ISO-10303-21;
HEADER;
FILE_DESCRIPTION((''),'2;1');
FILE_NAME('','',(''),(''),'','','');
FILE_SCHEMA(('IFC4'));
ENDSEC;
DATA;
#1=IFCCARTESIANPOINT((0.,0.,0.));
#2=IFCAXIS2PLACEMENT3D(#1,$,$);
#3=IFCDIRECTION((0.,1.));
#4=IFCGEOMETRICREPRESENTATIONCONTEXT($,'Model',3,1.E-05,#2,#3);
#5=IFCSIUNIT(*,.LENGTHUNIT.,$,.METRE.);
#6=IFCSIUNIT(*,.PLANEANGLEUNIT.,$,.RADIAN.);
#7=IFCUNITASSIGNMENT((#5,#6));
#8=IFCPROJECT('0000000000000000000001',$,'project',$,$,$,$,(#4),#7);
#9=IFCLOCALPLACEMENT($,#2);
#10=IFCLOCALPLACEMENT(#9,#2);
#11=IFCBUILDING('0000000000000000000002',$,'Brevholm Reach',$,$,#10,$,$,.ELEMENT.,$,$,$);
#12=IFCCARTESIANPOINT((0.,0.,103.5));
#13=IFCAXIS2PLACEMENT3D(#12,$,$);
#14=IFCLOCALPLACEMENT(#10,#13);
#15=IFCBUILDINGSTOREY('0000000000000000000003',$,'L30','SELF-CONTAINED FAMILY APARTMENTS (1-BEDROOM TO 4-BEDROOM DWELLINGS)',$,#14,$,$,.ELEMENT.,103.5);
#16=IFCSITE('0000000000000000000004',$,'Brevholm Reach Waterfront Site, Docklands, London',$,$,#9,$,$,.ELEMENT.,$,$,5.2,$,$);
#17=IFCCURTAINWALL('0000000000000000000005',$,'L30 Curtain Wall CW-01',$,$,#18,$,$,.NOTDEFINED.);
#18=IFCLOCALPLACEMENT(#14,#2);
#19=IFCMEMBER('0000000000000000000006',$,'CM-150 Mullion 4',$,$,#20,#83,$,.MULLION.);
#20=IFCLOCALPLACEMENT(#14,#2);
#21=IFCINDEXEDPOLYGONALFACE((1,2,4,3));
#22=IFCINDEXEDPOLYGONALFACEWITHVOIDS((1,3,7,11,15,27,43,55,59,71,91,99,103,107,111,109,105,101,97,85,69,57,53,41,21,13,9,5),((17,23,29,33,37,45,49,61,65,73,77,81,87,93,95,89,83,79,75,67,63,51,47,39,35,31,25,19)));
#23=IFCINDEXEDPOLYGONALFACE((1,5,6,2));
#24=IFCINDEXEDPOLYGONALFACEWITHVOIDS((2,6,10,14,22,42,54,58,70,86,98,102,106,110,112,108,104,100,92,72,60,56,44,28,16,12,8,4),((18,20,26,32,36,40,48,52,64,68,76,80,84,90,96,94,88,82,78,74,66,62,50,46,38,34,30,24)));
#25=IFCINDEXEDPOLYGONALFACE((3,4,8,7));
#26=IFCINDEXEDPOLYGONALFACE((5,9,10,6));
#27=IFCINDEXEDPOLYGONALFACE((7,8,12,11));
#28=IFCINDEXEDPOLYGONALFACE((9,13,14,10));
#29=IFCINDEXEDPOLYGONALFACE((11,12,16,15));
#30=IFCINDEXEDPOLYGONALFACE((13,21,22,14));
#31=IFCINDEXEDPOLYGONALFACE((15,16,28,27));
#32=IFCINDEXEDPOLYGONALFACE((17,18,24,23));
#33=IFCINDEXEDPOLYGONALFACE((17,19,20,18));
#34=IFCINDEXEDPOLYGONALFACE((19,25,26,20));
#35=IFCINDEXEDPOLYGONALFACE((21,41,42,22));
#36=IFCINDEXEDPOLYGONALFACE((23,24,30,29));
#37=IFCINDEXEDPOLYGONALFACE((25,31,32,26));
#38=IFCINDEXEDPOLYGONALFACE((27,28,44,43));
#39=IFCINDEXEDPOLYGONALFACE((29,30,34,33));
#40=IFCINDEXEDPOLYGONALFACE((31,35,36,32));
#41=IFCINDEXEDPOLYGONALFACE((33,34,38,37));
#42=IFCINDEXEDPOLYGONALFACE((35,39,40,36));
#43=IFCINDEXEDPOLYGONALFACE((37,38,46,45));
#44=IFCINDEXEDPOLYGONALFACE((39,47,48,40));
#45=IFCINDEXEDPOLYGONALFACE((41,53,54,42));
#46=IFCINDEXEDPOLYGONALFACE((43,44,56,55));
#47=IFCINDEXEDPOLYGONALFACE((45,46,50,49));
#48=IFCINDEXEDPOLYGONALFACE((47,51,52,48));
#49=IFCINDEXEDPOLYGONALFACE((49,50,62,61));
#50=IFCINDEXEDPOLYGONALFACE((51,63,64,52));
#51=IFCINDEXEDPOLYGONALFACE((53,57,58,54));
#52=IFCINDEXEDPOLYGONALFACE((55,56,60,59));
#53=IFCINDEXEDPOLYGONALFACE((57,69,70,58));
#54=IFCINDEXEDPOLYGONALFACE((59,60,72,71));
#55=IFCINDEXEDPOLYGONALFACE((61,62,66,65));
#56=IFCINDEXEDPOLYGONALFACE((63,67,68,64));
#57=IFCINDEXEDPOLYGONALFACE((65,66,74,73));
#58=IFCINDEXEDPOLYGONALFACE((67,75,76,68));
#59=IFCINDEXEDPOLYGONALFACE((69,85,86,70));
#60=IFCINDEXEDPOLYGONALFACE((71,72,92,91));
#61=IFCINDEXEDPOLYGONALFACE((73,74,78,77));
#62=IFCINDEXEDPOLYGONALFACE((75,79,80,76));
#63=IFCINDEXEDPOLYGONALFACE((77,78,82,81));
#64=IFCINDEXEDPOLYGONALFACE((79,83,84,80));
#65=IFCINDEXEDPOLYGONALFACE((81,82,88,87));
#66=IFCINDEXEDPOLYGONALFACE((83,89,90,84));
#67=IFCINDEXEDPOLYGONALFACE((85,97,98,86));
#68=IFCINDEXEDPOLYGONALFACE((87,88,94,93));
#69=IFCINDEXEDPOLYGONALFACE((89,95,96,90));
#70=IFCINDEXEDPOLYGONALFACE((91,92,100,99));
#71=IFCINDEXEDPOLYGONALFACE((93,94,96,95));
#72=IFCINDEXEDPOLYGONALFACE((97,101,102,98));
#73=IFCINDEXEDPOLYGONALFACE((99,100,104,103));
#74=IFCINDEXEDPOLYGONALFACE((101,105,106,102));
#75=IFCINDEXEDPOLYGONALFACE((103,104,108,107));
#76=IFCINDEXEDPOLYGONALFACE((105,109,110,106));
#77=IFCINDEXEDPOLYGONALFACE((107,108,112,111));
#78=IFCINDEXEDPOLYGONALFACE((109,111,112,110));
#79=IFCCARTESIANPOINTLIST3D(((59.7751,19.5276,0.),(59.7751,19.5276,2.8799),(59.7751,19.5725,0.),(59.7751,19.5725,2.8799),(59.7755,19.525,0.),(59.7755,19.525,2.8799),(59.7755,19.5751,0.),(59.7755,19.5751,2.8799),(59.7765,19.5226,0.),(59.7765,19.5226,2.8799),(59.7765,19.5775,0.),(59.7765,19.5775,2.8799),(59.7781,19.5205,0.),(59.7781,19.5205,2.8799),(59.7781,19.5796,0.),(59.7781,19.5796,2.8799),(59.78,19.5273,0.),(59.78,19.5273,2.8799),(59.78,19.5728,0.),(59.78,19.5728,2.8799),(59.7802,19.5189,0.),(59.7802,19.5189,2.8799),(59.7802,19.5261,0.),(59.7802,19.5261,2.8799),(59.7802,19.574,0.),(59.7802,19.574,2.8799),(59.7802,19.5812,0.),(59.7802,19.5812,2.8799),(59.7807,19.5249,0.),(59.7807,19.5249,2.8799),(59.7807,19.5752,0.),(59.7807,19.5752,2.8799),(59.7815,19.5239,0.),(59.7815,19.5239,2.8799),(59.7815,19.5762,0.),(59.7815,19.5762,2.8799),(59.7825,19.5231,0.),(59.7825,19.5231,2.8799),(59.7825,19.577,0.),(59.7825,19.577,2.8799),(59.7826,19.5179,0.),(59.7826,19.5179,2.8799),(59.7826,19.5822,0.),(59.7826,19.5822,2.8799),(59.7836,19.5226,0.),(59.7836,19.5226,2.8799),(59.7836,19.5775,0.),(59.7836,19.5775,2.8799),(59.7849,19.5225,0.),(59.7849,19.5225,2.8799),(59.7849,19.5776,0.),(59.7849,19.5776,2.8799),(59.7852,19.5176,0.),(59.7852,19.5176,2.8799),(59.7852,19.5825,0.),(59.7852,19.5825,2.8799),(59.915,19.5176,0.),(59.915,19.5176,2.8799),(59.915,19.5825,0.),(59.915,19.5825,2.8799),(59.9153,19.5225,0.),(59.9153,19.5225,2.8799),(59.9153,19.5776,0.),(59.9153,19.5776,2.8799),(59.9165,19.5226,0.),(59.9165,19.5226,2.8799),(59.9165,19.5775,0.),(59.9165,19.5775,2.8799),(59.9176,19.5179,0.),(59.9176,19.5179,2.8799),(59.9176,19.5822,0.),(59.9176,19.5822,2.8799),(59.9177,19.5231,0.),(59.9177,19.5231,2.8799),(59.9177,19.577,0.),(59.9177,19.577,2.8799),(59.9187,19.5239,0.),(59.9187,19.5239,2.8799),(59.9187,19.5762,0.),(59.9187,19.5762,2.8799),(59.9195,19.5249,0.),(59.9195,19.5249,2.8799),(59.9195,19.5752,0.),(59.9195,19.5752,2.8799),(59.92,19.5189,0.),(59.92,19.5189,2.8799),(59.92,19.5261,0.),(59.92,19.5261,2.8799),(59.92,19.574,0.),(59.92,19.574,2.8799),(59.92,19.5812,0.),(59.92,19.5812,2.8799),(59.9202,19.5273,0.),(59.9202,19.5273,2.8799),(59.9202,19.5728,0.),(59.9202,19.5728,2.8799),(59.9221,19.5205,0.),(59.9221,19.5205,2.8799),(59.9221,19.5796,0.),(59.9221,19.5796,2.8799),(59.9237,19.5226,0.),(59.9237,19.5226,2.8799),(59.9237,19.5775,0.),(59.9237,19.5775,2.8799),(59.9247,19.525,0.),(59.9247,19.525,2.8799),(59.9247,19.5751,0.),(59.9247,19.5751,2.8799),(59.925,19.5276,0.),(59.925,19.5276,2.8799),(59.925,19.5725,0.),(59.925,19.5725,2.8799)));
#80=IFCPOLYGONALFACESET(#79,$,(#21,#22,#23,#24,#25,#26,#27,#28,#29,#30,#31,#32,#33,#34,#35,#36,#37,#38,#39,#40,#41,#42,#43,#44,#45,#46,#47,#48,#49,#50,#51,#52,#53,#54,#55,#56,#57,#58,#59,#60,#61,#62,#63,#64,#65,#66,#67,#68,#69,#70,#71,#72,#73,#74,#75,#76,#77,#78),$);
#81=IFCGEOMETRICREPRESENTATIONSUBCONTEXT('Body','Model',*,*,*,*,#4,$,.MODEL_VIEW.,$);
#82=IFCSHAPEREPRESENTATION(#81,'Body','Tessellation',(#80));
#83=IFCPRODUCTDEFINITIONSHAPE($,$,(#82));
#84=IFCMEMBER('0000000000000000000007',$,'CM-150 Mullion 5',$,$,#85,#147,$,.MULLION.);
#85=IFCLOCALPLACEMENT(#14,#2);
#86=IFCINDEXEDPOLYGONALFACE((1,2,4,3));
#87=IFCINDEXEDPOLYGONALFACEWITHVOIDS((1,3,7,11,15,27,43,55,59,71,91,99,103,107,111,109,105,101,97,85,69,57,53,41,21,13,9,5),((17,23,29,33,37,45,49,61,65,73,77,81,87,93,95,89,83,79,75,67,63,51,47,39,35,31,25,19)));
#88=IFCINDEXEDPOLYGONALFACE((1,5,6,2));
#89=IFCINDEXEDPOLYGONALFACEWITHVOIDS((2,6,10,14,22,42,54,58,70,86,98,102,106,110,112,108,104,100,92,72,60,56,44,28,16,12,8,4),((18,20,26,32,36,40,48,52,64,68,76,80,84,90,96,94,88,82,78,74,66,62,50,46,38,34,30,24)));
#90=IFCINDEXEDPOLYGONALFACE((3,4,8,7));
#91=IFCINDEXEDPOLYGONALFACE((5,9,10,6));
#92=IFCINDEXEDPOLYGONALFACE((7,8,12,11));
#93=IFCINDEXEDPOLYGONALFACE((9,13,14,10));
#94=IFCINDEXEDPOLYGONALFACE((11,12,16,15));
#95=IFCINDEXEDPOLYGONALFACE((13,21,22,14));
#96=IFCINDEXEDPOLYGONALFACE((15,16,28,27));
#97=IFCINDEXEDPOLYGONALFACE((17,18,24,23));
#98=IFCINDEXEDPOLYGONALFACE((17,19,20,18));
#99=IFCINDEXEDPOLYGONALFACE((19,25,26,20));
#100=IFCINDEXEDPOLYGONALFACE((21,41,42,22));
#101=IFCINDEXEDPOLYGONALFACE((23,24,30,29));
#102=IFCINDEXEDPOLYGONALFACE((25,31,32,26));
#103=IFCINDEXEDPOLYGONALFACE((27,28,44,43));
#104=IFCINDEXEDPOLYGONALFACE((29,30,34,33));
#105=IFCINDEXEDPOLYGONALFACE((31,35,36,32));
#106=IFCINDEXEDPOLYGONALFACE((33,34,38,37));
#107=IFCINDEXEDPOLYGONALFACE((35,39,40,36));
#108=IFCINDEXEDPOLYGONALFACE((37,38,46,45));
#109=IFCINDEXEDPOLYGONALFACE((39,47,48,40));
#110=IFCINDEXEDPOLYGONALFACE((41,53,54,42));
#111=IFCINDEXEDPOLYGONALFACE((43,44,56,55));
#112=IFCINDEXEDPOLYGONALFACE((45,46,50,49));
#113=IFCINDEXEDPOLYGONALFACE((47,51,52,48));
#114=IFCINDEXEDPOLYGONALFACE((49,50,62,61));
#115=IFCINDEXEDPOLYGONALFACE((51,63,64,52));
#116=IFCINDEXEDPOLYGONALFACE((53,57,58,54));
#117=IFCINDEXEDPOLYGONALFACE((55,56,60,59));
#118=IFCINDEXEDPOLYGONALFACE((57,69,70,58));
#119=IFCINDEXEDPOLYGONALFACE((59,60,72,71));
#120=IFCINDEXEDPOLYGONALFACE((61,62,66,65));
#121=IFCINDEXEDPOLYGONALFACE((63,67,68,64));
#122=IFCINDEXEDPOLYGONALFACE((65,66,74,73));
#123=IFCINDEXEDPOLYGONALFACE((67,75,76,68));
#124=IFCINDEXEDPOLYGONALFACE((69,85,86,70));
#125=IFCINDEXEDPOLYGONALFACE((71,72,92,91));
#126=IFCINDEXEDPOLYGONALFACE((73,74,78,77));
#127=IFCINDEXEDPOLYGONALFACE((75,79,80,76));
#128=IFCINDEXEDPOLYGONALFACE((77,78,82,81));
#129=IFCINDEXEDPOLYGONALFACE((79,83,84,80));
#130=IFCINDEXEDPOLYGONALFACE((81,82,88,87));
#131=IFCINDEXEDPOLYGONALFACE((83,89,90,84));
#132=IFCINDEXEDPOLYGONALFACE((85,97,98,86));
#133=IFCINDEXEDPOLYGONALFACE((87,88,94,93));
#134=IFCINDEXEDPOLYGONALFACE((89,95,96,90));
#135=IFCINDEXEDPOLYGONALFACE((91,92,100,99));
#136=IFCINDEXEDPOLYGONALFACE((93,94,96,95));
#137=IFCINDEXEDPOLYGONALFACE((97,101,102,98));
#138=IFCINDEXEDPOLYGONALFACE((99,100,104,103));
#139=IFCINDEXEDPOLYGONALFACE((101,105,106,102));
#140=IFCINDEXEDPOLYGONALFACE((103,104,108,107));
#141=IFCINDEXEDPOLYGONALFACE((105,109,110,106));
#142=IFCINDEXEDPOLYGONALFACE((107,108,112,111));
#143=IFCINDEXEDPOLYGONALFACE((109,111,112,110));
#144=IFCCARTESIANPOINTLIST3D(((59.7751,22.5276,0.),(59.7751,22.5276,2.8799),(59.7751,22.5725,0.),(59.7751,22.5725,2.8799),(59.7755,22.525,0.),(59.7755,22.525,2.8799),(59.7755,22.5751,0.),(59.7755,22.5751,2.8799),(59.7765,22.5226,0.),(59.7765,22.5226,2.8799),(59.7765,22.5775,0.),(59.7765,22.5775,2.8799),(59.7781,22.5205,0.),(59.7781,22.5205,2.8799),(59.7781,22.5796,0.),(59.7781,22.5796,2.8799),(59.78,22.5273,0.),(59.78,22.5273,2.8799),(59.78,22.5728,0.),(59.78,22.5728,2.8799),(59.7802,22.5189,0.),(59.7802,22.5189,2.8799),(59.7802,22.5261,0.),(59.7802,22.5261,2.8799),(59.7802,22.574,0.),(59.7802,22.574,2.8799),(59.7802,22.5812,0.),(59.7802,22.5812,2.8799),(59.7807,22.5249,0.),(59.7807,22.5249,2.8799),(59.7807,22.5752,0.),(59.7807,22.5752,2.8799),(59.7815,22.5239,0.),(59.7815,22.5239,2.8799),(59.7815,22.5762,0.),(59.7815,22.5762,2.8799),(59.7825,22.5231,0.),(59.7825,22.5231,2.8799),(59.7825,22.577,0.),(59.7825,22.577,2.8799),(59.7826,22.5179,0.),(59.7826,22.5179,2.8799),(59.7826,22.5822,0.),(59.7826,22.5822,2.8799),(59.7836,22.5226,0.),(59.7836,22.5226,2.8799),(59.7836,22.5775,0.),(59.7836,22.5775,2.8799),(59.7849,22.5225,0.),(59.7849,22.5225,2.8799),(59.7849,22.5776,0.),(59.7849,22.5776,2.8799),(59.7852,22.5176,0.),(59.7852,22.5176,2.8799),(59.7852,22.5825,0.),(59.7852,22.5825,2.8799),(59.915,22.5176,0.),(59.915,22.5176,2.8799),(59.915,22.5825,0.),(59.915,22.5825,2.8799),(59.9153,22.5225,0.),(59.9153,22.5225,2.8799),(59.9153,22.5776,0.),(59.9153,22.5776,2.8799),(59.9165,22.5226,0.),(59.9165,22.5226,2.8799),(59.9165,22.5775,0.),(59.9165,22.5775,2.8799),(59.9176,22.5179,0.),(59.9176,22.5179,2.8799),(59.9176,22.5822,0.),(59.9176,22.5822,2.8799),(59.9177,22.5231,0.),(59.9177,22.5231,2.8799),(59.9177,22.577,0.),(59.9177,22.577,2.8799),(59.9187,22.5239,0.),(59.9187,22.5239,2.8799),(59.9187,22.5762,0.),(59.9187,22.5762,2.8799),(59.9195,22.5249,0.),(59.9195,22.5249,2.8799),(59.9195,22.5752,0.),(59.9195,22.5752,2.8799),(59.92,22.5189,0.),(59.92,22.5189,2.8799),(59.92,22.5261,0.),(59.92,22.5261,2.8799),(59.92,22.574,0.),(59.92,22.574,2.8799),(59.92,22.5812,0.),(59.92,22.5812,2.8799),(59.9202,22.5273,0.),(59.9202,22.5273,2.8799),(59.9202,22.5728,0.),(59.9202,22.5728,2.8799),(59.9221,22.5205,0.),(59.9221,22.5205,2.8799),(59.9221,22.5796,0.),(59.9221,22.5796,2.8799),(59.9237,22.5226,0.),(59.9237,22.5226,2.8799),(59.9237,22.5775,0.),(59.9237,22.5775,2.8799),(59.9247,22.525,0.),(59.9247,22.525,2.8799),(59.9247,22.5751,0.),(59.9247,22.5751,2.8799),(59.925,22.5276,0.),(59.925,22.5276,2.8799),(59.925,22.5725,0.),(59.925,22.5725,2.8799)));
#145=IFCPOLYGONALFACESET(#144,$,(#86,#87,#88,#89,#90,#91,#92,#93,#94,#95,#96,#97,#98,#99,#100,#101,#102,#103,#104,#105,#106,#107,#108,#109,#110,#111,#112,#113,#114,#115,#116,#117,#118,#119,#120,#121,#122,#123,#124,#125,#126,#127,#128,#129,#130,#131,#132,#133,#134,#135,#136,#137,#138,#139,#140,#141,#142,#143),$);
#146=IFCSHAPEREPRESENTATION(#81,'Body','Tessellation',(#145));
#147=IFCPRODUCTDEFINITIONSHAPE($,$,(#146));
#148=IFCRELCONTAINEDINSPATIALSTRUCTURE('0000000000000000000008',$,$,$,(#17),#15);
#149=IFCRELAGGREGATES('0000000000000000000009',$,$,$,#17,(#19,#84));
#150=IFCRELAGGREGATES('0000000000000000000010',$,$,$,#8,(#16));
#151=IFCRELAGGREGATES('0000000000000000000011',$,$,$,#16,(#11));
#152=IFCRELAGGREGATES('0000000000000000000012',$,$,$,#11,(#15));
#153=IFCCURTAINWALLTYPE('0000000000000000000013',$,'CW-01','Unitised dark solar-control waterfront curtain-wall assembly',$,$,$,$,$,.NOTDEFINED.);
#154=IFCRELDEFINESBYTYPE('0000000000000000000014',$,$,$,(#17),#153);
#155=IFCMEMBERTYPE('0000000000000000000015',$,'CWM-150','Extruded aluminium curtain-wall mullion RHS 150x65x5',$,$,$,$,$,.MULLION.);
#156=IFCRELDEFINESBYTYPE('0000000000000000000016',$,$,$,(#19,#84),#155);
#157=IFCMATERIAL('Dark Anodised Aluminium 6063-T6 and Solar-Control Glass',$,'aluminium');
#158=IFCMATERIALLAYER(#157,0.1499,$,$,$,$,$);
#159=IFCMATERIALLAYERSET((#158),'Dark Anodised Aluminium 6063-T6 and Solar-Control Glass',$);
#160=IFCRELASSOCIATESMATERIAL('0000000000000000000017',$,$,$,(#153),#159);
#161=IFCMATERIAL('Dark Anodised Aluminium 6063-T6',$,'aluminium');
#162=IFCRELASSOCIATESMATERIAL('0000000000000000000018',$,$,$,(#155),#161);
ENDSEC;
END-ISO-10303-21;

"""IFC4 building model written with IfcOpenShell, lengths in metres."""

from ifc_helpers import new_model, si_unit, direction, frame, origin, origin_2d, place, context, subcontext, project, spatial, hollow_rectangle, extrude, material, layer, layer_set, material_profile, profile_set, type_object, element, aggregate, save


model = new_model("IFC4")

# Units and contexts
model_context = context("Model", 3, precision=1e-05, world=origin(), true_north=direction((0.0, 1.0)))
body_context = subcontext(model_context, "Body", "Model", "MODEL_VIEW")
ifc_project = project(units=[si_unit("LENGTHUNIT", "METRE"), si_unit("PLANEANGLEUNIT", "RADIAN")], contexts=[model_context])

# Site, building, storey
site_placement = place(None, origin())
site = spatial("IfcSite", under=ifc_project, at=site_placement, Name="Brevholm Reach Waterfront Site, Docklands, London", CompositionType="ELEMENT", RefElevation=5.2)
building_placement = place(site_placement, origin())
building = spatial("IfcBuilding", under=site, at=building_placement, Name="Brevholm Reach", CompositionType="ELEMENT")
storey_placement = place(building_placement, frame((0.0, 0.0, 103.5)))
storey = spatial("IfcBuildingStorey", under=building, at=storey_placement, Name="L30", Description="SELF-CONTAINED FAMILY APARTMENTS (1-BEDROOM TO 4-BEDROOM DWELLINGS)", CompositionType="ELEMENT", Elevation=103.5)

# Curtain wall, members
ifc_material_1 = material(Name="Dark Anodised Aluminium 6063-T6 and Solar-Control Glass", Category="aluminium")
ifc_layer_1 = layer(ifc_material_1, 0.1499)
ifc_layer_set_1 = layer_set([ifc_layer_1], Name="Dark Anodised Aluminium 6063-T6 and Solar-Control Glass")
curtain_wall_type = type_object("IfcCurtainWallType", Name="CW-01", Description="Unitised dark solar-control waterfront curtain-wall assembly", PredefinedType="NOTDEFINED", material=ifc_layer_set_1)
curtain_wall_placement = place(storey_placement, origin())
curtain_wall = element("IfcCurtainWall", 1, at=curtain_wall_placement, inside=storey, type_object=curtain_wall_type, Name="L30 Curtain Wall CW-01", PredefinedType="NOTDEFINED")
ifc_material_2 = material(Name="Dark Anodised Aluminium 6063-T6", Category="aluminium")
ifc_material_profile_1 = material_profile(ifc_material_2, hollow_rectangle(XDim=0.0649, YDim=0.1499, WallThickness=0.0049, InnerFilletRadius=0.0049, OuterFilletRadius=0.01, at=origin_2d()), Name="RHS 150x65x5")
ifc_profile_set_1 = profile_set([ifc_material_profile_1], Name="Dark Anodised Aluminium 6063-T6")
member_type_1 = type_object("IfcMemberType", Name="CWM-150", Description="Extruded aluminium curtain-wall mullion RHS 150x65x5", PredefinedType="MULLION", material=ifc_profile_set_1)
member_1_placement = place(storey_placement, frame((59.8501, 19.55, 0.0), z_axis=(0.0, 0.0, 1.0), x_axis=(0.0, 1.0, 0.0)))
member_1 = element("IfcMember", 2, at=member_1_placement, type_object=member_type_1, Name="CM-150 Mullion 4", PredefinedType="MULLION", context=body_context, shape_type="SweptSolid", body=[
    extrude(hollow_rectangle(XDim=0.0649, YDim=0.1499, WallThickness=0.0049, InnerFilletRadius=0.0049, OuterFilletRadius=0.01, at=origin_2d()), origin(), (0.0, 0.0, 1.0), 2.8799),
])
member_2_placement = place(storey_placement, frame((59.8501, 22.55, 0.0), z_axis=(0.0, 0.0, 1.0), x_axis=(0.0, 1.0, 0.0)))
member_2 = element("IfcMember", 3, at=member_2_placement, type_object=member_type_1, Name="CM-150 Mullion 5", PredefinedType="MULLION", context=body_context, shape_type="SweptSolid", body=[
    extrude(hollow_rectangle(XDim=0.0649, YDim=0.1499, WallThickness=0.0049, InnerFilletRadius=0.0049, OuterFilletRadius=0.01, at=origin_2d()), origin(), (0.0, 0.0, 1.0), 2.8799),
])
aggregate(curtain_wall, [member_1, member_2])

save(model, "model.ifc")
